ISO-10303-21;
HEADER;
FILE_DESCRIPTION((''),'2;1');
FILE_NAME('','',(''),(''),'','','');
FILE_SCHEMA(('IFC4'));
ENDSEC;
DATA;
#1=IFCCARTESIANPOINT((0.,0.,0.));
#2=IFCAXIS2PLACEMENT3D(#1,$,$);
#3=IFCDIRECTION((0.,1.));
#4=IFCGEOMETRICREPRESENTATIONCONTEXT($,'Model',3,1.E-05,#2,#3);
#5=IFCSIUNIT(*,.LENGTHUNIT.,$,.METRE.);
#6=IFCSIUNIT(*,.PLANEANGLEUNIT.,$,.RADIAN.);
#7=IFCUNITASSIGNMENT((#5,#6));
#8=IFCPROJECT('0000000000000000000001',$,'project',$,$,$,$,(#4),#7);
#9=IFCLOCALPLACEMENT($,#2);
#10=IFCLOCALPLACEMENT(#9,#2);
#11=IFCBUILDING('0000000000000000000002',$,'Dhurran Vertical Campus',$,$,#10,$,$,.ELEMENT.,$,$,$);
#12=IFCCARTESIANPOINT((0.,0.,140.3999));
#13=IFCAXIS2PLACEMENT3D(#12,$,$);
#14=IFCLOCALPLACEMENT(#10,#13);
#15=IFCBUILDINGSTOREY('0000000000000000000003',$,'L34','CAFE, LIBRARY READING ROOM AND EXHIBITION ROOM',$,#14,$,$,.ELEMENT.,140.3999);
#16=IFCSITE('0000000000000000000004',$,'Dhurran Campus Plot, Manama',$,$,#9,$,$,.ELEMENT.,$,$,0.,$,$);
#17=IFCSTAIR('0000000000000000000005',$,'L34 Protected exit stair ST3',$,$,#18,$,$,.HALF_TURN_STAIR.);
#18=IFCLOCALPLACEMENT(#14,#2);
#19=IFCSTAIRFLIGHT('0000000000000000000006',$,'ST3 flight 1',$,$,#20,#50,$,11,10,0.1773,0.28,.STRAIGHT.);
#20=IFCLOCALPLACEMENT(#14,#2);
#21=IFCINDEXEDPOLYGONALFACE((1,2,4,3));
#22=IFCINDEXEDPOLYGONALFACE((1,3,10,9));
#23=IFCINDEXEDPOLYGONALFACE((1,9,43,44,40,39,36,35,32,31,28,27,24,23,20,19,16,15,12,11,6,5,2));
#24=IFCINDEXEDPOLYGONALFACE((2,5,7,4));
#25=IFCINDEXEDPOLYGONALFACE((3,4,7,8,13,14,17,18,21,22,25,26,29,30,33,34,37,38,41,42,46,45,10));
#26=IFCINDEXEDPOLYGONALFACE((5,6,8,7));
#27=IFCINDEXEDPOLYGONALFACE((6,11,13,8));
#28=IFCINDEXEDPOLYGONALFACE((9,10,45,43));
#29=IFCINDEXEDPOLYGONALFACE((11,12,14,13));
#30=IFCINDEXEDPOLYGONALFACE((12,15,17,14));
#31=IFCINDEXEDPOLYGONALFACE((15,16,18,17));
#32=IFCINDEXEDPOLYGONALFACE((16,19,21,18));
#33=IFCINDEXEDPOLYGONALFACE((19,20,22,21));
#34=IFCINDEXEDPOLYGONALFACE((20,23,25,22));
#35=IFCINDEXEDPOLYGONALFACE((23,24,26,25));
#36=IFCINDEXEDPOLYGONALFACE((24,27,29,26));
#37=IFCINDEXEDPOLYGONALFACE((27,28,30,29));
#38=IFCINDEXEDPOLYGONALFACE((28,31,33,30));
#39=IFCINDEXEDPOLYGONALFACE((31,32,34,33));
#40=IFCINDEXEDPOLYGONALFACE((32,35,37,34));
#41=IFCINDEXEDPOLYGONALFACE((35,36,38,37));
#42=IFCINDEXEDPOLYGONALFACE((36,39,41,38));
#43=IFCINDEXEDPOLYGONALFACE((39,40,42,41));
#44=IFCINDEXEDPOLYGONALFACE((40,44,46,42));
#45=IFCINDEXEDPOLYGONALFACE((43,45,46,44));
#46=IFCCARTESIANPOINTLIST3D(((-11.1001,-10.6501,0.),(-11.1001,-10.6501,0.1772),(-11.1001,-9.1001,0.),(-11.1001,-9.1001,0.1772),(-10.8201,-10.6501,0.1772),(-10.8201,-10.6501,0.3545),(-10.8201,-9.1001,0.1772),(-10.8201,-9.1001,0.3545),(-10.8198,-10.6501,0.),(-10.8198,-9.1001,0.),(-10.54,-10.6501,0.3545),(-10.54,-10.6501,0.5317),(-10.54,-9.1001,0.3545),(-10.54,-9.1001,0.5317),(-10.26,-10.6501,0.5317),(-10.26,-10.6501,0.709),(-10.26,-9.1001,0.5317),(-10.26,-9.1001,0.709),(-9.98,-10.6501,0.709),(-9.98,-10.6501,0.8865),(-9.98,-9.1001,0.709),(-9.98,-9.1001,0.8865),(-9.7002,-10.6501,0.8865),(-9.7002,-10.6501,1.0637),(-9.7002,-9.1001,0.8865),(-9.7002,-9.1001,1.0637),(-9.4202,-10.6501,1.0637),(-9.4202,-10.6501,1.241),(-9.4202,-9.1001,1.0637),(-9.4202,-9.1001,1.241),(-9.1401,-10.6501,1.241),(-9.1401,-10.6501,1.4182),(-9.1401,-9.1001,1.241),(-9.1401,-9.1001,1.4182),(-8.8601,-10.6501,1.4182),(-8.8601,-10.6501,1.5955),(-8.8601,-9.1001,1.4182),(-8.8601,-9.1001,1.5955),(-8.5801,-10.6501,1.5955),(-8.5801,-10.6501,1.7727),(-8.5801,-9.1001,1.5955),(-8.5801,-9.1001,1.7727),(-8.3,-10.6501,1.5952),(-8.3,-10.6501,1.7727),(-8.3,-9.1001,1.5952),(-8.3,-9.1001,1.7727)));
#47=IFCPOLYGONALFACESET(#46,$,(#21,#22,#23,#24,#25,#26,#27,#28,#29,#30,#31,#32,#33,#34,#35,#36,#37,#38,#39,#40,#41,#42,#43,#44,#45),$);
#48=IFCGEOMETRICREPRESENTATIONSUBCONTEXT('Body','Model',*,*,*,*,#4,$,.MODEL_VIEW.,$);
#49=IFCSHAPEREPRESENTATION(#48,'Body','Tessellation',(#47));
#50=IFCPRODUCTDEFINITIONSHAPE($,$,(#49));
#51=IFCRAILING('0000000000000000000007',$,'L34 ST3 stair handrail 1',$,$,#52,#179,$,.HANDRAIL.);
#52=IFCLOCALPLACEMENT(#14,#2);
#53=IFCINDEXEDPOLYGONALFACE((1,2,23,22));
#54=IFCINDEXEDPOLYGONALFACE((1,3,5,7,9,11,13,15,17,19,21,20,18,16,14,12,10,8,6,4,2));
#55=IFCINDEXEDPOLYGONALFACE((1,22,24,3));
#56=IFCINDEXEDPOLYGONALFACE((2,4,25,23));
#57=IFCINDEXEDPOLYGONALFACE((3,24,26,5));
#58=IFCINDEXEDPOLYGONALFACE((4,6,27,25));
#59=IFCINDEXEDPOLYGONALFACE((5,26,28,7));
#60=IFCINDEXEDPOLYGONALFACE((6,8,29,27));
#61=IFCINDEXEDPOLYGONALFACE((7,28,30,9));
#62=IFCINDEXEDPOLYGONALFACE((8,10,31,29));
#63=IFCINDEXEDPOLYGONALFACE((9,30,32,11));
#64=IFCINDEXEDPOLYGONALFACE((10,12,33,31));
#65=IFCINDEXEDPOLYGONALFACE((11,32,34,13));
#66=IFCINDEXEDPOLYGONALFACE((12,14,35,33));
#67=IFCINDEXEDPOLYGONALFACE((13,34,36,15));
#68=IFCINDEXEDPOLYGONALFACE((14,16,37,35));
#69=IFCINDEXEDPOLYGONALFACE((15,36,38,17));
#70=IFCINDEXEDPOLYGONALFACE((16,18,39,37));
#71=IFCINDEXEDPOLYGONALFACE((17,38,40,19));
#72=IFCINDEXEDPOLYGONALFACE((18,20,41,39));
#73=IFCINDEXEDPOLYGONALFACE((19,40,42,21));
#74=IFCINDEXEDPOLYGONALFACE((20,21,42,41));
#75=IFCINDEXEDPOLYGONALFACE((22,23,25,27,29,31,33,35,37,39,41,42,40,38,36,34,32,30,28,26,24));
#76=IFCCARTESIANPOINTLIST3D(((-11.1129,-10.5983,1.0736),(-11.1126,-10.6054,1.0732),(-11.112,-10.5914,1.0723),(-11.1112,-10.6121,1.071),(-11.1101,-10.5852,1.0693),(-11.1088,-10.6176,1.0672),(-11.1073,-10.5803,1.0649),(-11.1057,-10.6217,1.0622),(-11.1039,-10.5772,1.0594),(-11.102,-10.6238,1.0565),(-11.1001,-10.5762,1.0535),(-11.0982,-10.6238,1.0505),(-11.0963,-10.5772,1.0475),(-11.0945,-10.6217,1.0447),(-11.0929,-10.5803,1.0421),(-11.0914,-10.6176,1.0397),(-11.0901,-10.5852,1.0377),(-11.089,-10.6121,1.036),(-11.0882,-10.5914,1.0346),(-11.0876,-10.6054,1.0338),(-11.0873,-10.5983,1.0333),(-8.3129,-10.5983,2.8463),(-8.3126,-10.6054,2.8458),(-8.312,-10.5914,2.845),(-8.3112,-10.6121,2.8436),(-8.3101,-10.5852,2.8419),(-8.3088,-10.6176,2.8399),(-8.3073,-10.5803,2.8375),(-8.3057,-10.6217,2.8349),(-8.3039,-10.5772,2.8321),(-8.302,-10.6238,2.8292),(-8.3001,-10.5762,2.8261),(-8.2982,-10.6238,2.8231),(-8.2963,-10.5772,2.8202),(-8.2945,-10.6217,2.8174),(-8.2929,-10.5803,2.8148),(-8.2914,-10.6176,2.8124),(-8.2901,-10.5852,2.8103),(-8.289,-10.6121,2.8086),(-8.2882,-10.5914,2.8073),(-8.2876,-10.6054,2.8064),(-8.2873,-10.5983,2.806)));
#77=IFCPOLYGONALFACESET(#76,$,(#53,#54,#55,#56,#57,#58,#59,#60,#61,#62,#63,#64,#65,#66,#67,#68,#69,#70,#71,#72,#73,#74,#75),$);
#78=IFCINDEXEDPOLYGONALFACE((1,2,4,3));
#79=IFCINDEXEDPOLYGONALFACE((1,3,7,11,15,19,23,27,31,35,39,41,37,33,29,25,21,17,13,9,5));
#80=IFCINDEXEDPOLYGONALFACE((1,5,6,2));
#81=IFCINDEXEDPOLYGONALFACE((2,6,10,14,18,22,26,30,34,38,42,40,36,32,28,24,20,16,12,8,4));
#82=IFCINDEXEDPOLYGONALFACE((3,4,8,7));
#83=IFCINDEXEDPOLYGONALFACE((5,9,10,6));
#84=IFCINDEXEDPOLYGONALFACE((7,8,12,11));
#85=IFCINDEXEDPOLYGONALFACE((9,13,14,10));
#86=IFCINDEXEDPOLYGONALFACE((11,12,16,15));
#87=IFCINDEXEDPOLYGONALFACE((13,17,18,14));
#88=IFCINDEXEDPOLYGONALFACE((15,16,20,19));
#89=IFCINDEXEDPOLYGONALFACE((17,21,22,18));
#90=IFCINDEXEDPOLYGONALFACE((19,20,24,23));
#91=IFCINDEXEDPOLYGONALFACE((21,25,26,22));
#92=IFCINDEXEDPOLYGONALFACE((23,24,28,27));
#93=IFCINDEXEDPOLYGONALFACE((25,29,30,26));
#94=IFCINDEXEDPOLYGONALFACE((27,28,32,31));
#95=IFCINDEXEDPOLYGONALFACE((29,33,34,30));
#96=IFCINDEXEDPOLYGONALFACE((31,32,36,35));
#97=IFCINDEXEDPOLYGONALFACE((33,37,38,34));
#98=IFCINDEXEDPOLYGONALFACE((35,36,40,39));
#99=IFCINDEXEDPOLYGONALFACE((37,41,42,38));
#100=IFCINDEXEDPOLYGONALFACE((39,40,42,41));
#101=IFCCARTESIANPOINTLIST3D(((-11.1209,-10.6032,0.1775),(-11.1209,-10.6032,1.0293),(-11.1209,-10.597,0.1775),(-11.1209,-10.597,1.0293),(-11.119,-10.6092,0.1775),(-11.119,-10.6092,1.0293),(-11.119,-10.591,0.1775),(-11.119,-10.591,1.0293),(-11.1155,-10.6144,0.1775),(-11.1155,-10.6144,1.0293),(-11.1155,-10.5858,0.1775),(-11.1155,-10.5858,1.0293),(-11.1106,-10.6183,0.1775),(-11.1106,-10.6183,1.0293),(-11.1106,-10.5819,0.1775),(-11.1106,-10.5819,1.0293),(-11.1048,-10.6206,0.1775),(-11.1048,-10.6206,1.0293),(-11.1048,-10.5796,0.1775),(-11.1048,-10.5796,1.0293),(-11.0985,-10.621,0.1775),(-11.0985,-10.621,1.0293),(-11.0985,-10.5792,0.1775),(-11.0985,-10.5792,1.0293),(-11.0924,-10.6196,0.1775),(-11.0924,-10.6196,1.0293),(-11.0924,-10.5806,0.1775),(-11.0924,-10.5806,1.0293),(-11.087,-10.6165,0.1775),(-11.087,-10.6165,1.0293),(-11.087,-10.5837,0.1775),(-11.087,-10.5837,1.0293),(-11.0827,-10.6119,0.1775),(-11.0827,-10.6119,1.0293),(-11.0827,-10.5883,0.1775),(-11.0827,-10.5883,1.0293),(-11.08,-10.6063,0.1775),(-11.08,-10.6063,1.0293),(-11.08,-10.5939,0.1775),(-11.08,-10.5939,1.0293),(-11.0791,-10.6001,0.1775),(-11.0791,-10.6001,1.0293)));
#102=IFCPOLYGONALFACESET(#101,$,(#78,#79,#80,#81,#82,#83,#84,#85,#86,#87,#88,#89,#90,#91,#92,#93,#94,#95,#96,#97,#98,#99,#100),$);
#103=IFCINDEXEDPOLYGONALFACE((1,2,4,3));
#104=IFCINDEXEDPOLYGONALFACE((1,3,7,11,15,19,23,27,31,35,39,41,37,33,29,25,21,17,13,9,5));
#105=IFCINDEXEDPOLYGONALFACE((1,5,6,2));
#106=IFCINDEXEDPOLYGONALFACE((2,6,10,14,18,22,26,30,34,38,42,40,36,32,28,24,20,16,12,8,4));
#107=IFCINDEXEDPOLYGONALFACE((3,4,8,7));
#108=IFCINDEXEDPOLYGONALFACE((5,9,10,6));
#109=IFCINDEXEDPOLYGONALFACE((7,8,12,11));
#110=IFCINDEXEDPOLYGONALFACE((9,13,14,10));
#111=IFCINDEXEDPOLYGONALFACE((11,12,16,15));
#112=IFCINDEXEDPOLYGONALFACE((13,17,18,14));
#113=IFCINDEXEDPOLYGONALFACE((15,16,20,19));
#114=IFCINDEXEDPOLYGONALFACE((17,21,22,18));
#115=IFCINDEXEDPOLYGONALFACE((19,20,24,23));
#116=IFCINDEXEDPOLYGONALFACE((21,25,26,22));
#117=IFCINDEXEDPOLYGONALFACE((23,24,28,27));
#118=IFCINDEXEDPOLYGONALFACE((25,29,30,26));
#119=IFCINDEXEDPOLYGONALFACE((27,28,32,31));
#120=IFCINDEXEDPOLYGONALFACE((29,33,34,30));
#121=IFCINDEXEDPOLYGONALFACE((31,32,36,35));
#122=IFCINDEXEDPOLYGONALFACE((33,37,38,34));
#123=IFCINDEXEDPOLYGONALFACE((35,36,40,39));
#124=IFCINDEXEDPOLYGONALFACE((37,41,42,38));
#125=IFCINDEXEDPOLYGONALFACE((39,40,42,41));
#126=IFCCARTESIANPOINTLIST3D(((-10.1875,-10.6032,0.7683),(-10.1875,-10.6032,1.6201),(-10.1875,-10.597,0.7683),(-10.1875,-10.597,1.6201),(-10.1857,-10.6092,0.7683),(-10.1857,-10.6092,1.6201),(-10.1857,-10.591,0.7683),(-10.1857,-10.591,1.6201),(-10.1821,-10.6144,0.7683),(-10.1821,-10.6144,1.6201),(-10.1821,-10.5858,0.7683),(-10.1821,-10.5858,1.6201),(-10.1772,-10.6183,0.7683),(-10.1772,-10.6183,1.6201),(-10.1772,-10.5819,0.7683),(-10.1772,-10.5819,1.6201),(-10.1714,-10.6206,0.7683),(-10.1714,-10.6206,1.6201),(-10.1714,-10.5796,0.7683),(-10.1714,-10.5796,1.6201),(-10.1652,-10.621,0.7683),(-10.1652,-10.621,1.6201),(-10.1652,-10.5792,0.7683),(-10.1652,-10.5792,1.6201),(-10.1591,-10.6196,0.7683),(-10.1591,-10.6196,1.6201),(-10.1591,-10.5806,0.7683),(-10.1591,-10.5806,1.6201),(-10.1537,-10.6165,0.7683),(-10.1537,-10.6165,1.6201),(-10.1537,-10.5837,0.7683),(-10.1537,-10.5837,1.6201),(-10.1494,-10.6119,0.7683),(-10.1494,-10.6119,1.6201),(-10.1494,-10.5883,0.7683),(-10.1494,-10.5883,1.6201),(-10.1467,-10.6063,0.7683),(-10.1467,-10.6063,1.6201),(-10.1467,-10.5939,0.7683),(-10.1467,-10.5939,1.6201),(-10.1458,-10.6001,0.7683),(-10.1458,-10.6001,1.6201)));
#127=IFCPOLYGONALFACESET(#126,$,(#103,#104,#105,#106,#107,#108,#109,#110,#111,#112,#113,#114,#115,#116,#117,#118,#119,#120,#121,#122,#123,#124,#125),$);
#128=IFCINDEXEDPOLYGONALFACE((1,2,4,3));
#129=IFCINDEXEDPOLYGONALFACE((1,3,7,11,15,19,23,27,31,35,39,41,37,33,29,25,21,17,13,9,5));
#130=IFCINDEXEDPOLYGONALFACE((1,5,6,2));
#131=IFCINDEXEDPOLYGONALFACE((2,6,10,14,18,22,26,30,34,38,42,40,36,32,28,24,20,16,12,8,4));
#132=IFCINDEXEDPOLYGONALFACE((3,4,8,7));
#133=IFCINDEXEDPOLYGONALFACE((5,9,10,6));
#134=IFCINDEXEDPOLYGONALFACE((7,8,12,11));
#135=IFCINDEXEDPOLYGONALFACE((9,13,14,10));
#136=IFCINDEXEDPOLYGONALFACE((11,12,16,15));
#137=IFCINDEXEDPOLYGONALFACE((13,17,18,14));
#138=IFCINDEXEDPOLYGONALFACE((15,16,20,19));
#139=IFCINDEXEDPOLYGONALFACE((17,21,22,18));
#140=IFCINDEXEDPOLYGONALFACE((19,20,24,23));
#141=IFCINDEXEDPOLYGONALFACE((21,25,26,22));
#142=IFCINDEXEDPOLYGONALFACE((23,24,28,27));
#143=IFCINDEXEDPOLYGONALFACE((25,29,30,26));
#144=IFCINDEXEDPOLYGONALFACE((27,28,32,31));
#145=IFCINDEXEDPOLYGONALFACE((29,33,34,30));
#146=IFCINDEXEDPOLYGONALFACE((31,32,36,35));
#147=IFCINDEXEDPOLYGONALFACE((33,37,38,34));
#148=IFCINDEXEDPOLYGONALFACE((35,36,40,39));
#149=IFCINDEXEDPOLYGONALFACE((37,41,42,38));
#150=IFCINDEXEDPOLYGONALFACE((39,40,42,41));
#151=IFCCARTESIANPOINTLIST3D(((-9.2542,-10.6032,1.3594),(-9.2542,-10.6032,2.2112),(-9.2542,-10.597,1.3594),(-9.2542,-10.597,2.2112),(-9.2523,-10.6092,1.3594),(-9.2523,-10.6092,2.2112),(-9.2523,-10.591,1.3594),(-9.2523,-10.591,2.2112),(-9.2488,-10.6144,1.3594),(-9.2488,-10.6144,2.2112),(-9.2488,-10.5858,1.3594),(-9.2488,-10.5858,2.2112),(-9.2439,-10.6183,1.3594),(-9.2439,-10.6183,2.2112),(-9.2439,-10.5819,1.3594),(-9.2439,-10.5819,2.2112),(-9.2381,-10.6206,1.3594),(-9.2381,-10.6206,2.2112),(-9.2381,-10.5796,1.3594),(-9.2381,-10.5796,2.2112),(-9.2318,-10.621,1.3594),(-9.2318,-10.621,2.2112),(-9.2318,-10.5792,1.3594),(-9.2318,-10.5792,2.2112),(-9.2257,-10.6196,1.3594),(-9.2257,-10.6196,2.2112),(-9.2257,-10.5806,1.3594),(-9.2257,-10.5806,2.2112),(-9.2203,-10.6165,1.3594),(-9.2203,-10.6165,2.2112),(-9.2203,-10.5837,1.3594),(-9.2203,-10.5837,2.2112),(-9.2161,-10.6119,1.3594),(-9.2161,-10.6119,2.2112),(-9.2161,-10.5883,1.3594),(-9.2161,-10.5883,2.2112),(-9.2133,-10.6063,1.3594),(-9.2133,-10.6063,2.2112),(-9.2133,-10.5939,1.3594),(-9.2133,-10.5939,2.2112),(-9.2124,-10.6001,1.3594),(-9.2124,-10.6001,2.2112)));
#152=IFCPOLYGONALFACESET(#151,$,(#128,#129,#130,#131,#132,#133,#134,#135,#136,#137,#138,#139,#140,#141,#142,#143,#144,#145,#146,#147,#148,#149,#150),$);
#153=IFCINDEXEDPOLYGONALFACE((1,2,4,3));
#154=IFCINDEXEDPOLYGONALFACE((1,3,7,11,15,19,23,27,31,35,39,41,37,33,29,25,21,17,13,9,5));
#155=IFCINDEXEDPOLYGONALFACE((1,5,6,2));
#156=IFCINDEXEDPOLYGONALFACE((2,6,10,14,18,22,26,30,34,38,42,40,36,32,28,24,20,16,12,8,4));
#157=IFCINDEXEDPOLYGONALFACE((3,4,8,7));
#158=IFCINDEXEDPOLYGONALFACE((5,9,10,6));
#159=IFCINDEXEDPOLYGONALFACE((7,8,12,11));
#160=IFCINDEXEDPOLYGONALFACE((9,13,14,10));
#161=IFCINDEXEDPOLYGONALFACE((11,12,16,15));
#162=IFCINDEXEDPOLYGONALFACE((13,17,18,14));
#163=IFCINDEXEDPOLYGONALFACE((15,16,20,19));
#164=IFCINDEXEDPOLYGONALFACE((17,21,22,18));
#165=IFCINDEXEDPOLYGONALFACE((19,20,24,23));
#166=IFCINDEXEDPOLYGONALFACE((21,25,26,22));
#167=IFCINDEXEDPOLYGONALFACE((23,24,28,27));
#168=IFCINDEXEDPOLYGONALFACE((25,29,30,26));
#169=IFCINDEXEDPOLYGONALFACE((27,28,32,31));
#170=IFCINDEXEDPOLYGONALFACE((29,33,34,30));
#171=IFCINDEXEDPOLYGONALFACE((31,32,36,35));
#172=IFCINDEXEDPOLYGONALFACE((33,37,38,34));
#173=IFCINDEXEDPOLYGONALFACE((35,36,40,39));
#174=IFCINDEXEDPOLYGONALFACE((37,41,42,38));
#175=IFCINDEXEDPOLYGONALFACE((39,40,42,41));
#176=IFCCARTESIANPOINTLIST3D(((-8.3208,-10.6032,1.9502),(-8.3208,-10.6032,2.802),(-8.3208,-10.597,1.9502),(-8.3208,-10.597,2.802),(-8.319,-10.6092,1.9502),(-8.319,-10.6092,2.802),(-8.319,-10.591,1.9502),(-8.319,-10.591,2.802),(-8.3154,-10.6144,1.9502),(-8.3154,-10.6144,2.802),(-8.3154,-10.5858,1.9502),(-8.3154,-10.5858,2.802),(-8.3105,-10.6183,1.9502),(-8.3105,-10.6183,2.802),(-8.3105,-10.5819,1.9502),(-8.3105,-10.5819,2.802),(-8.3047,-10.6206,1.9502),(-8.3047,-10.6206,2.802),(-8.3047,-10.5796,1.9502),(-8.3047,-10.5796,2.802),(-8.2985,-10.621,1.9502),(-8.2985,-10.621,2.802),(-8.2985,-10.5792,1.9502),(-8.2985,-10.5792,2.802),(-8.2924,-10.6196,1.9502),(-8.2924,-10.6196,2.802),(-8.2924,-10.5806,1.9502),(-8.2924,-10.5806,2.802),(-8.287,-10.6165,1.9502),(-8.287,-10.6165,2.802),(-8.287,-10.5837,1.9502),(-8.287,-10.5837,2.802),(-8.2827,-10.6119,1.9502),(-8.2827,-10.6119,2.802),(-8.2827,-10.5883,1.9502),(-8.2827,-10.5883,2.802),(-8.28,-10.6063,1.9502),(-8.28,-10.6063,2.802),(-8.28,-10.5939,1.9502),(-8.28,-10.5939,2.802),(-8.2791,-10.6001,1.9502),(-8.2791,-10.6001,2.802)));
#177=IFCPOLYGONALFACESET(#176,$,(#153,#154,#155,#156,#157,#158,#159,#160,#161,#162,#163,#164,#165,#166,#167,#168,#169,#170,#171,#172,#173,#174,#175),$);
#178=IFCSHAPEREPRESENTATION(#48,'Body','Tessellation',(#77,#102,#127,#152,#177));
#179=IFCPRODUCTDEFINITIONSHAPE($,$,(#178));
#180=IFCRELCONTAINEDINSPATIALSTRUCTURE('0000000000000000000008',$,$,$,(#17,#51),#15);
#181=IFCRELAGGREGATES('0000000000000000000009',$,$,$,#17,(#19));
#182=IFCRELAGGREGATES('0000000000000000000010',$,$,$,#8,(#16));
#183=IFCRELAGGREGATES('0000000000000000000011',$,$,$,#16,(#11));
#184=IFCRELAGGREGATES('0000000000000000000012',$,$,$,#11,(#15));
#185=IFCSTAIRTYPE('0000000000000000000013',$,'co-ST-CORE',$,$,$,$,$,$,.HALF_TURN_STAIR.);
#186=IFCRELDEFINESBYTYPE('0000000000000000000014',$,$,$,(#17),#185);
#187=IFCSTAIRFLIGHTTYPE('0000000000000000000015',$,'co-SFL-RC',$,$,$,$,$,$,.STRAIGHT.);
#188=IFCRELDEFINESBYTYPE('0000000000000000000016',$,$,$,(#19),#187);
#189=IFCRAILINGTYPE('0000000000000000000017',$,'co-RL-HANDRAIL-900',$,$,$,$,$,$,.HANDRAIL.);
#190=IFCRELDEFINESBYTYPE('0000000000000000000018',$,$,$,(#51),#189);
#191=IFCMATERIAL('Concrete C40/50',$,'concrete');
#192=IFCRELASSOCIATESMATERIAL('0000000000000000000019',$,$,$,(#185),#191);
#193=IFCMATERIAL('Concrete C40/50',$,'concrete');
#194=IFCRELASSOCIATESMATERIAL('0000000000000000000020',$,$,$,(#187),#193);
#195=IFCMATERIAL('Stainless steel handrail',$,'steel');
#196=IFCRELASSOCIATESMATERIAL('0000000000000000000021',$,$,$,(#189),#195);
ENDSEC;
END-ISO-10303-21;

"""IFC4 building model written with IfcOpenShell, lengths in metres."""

from ifc_helpers import new_model, si_unit, direction, frame, origin, origin_2d, place, context, subcontext, project, spatial, polyline, circle, outline, extrude, material, type_object, element, aggregate, save


model = new_model("IFC4")

# Units and contexts
model_context = context("Model", 3, precision=1e-05, world=origin(), true_north=direction((0.0, 1.0)))
body_context = subcontext(model_context, "Body", "Model", "MODEL_VIEW")
ifc_project = project(units=[si_unit("LENGTHUNIT", "METRE"), si_unit("PLANEANGLEUNIT", "RADIAN")], contexts=[model_context])

# Site, building, storey
site_placement = place(None, origin())
site = spatial("IfcSite", under=ifc_project, at=site_placement, Name="Dhurran Campus Plot, Manama", CompositionType="ELEMENT", RefElevation=0.0)
building_placement = place(site_placement, origin())
building = spatial("IfcBuilding", under=site, at=building_placement, Name="Dhurran Vertical Campus", CompositionType="ELEMENT")
storey_placement = place(building_placement, frame((0.0, 0.0, 140.3999)))
storey = spatial("IfcBuildingStorey", under=building, at=storey_placement, Name="L34", Description="CAFE, LIBRARY READING ROOM AND EXHIBITION ROOM", CompositionType="ELEMENT", Elevation=140.3999)

# Stair, stair flight
ifc_material_1 = material(Name="Concrete C40/50", Category="concrete")
stair_type = type_object("IfcStairType", Name="co-ST-CORE", PredefinedType="HALF_TURN_STAIR", material=ifc_material_1)
stair_placement = place(storey_placement, origin())
stair = element("IfcStair", 1, at=stair_placement, inside=storey, type_object=stair_type, Name="L34 Protected exit stair ST3", PredefinedType="HALF_TURN_STAIR")
ifc_material_2 = material(Name="Concrete C40/50", Category="concrete")
stair_flight_type = type_object("IfcStairFlightType", Name="co-SFL-RC", PredefinedType="STRAIGHT", material=ifc_material_2)
stair_flight_placement = place(storey_placement, frame((-11.1001, -9.875, 0.0), z_axis=(0.0, 0.0, 1.0), x_axis=(1.0, 0.0, 0.0)))
stair_flight = element("IfcStairFlight", 2, at=stair_flight_placement, type_object=stair_flight_type, Name="ST3 flight 1", NumberOfRisers=11, NumberOfTreads=10, PredefinedType="STRAIGHT", RiserHeight=0.1773, TreadLength=0.28, context=body_context, shape_type="SweptSolid", body=[
    extrude(outline(polyline([(0.0, 0.0), (0.0, 0.1772), (0.28, 0.1772), (0.28, 0.3545), (0.5601, 0.3545), (0.5601, 0.5317), (0.8401, 0.5317), (0.8401, 0.709), (1.1201, 0.709), (1.1201, 0.8865), (1.3999, 0.8865), (1.3999, 1.0637), (1.6799, 1.0637), (1.6799, 1.241), (1.96, 1.241), (1.96, 1.4182), (2.24, 1.4182), (2.24, 1.5955), (2.52, 1.5955), (2.52, 1.7727), (2.8, 1.7727), (2.8, 1.95), (2.8, 1.5952), (0.2803, 0.0), (0.0, 0.0)])), frame((0.0, 0.7749, 0.0), z_axis=(0.0, -1.0, 0.0), x_axis=(1.0, 0.0, 0.0)), (0.0, 0.0, 1.0), 1.55),
])
aggregate(stair, [stair_flight])

# Railing
ifc_material_3 = material(Name="Stainless steel handrail", Category="steel")
railing_type = type_object("IfcRailingType", Name="co-RL-HANDRAIL-900", PredefinedType="HANDRAIL", material=ifc_material_3)
railing_placement = place(storey_placement, frame((-11.1001, -10.6001, 0.1775)))
element("IfcRailing", 3, at=railing_placement, inside=storey, type_object=railing_type, Name="L34 ST3 stair handrail 1", PredefinedType="HANDRAIL", context=body_context, shape_type="SweptSolid", body=[
    extrude(circle(Radius=0.0239, at=origin_2d()), frame((0.0, 0.0, 0.876), z_axis=(0.844909, 0.0, 0.53491), x_axis=(0.0, 1.0, 0.0)), (0.0, 0.0, 1.0), 3.314),
    extrude(circle(Radius=0.021, at=origin_2d()), origin(), (0.0, 0.0, 1.0), 0.8518),
    extrude(circle(Radius=0.021, at=origin_2d()), frame((0.9333, 0.0, 0.5908)), (0.0, 0.0, 1.0), 0.8518),
    extrude(circle(Radius=0.021, at=origin_2d()), frame((1.8667, 0.0, 1.1819)), (0.0, 0.0, 1.0), 0.8518),
    extrude(circle(Radius=0.021, at=origin_2d()), frame((2.8, 0.0, 1.7727)), (0.0, 0.0, 1.0), 0.8518),
])

save(model, "model.ifc")
